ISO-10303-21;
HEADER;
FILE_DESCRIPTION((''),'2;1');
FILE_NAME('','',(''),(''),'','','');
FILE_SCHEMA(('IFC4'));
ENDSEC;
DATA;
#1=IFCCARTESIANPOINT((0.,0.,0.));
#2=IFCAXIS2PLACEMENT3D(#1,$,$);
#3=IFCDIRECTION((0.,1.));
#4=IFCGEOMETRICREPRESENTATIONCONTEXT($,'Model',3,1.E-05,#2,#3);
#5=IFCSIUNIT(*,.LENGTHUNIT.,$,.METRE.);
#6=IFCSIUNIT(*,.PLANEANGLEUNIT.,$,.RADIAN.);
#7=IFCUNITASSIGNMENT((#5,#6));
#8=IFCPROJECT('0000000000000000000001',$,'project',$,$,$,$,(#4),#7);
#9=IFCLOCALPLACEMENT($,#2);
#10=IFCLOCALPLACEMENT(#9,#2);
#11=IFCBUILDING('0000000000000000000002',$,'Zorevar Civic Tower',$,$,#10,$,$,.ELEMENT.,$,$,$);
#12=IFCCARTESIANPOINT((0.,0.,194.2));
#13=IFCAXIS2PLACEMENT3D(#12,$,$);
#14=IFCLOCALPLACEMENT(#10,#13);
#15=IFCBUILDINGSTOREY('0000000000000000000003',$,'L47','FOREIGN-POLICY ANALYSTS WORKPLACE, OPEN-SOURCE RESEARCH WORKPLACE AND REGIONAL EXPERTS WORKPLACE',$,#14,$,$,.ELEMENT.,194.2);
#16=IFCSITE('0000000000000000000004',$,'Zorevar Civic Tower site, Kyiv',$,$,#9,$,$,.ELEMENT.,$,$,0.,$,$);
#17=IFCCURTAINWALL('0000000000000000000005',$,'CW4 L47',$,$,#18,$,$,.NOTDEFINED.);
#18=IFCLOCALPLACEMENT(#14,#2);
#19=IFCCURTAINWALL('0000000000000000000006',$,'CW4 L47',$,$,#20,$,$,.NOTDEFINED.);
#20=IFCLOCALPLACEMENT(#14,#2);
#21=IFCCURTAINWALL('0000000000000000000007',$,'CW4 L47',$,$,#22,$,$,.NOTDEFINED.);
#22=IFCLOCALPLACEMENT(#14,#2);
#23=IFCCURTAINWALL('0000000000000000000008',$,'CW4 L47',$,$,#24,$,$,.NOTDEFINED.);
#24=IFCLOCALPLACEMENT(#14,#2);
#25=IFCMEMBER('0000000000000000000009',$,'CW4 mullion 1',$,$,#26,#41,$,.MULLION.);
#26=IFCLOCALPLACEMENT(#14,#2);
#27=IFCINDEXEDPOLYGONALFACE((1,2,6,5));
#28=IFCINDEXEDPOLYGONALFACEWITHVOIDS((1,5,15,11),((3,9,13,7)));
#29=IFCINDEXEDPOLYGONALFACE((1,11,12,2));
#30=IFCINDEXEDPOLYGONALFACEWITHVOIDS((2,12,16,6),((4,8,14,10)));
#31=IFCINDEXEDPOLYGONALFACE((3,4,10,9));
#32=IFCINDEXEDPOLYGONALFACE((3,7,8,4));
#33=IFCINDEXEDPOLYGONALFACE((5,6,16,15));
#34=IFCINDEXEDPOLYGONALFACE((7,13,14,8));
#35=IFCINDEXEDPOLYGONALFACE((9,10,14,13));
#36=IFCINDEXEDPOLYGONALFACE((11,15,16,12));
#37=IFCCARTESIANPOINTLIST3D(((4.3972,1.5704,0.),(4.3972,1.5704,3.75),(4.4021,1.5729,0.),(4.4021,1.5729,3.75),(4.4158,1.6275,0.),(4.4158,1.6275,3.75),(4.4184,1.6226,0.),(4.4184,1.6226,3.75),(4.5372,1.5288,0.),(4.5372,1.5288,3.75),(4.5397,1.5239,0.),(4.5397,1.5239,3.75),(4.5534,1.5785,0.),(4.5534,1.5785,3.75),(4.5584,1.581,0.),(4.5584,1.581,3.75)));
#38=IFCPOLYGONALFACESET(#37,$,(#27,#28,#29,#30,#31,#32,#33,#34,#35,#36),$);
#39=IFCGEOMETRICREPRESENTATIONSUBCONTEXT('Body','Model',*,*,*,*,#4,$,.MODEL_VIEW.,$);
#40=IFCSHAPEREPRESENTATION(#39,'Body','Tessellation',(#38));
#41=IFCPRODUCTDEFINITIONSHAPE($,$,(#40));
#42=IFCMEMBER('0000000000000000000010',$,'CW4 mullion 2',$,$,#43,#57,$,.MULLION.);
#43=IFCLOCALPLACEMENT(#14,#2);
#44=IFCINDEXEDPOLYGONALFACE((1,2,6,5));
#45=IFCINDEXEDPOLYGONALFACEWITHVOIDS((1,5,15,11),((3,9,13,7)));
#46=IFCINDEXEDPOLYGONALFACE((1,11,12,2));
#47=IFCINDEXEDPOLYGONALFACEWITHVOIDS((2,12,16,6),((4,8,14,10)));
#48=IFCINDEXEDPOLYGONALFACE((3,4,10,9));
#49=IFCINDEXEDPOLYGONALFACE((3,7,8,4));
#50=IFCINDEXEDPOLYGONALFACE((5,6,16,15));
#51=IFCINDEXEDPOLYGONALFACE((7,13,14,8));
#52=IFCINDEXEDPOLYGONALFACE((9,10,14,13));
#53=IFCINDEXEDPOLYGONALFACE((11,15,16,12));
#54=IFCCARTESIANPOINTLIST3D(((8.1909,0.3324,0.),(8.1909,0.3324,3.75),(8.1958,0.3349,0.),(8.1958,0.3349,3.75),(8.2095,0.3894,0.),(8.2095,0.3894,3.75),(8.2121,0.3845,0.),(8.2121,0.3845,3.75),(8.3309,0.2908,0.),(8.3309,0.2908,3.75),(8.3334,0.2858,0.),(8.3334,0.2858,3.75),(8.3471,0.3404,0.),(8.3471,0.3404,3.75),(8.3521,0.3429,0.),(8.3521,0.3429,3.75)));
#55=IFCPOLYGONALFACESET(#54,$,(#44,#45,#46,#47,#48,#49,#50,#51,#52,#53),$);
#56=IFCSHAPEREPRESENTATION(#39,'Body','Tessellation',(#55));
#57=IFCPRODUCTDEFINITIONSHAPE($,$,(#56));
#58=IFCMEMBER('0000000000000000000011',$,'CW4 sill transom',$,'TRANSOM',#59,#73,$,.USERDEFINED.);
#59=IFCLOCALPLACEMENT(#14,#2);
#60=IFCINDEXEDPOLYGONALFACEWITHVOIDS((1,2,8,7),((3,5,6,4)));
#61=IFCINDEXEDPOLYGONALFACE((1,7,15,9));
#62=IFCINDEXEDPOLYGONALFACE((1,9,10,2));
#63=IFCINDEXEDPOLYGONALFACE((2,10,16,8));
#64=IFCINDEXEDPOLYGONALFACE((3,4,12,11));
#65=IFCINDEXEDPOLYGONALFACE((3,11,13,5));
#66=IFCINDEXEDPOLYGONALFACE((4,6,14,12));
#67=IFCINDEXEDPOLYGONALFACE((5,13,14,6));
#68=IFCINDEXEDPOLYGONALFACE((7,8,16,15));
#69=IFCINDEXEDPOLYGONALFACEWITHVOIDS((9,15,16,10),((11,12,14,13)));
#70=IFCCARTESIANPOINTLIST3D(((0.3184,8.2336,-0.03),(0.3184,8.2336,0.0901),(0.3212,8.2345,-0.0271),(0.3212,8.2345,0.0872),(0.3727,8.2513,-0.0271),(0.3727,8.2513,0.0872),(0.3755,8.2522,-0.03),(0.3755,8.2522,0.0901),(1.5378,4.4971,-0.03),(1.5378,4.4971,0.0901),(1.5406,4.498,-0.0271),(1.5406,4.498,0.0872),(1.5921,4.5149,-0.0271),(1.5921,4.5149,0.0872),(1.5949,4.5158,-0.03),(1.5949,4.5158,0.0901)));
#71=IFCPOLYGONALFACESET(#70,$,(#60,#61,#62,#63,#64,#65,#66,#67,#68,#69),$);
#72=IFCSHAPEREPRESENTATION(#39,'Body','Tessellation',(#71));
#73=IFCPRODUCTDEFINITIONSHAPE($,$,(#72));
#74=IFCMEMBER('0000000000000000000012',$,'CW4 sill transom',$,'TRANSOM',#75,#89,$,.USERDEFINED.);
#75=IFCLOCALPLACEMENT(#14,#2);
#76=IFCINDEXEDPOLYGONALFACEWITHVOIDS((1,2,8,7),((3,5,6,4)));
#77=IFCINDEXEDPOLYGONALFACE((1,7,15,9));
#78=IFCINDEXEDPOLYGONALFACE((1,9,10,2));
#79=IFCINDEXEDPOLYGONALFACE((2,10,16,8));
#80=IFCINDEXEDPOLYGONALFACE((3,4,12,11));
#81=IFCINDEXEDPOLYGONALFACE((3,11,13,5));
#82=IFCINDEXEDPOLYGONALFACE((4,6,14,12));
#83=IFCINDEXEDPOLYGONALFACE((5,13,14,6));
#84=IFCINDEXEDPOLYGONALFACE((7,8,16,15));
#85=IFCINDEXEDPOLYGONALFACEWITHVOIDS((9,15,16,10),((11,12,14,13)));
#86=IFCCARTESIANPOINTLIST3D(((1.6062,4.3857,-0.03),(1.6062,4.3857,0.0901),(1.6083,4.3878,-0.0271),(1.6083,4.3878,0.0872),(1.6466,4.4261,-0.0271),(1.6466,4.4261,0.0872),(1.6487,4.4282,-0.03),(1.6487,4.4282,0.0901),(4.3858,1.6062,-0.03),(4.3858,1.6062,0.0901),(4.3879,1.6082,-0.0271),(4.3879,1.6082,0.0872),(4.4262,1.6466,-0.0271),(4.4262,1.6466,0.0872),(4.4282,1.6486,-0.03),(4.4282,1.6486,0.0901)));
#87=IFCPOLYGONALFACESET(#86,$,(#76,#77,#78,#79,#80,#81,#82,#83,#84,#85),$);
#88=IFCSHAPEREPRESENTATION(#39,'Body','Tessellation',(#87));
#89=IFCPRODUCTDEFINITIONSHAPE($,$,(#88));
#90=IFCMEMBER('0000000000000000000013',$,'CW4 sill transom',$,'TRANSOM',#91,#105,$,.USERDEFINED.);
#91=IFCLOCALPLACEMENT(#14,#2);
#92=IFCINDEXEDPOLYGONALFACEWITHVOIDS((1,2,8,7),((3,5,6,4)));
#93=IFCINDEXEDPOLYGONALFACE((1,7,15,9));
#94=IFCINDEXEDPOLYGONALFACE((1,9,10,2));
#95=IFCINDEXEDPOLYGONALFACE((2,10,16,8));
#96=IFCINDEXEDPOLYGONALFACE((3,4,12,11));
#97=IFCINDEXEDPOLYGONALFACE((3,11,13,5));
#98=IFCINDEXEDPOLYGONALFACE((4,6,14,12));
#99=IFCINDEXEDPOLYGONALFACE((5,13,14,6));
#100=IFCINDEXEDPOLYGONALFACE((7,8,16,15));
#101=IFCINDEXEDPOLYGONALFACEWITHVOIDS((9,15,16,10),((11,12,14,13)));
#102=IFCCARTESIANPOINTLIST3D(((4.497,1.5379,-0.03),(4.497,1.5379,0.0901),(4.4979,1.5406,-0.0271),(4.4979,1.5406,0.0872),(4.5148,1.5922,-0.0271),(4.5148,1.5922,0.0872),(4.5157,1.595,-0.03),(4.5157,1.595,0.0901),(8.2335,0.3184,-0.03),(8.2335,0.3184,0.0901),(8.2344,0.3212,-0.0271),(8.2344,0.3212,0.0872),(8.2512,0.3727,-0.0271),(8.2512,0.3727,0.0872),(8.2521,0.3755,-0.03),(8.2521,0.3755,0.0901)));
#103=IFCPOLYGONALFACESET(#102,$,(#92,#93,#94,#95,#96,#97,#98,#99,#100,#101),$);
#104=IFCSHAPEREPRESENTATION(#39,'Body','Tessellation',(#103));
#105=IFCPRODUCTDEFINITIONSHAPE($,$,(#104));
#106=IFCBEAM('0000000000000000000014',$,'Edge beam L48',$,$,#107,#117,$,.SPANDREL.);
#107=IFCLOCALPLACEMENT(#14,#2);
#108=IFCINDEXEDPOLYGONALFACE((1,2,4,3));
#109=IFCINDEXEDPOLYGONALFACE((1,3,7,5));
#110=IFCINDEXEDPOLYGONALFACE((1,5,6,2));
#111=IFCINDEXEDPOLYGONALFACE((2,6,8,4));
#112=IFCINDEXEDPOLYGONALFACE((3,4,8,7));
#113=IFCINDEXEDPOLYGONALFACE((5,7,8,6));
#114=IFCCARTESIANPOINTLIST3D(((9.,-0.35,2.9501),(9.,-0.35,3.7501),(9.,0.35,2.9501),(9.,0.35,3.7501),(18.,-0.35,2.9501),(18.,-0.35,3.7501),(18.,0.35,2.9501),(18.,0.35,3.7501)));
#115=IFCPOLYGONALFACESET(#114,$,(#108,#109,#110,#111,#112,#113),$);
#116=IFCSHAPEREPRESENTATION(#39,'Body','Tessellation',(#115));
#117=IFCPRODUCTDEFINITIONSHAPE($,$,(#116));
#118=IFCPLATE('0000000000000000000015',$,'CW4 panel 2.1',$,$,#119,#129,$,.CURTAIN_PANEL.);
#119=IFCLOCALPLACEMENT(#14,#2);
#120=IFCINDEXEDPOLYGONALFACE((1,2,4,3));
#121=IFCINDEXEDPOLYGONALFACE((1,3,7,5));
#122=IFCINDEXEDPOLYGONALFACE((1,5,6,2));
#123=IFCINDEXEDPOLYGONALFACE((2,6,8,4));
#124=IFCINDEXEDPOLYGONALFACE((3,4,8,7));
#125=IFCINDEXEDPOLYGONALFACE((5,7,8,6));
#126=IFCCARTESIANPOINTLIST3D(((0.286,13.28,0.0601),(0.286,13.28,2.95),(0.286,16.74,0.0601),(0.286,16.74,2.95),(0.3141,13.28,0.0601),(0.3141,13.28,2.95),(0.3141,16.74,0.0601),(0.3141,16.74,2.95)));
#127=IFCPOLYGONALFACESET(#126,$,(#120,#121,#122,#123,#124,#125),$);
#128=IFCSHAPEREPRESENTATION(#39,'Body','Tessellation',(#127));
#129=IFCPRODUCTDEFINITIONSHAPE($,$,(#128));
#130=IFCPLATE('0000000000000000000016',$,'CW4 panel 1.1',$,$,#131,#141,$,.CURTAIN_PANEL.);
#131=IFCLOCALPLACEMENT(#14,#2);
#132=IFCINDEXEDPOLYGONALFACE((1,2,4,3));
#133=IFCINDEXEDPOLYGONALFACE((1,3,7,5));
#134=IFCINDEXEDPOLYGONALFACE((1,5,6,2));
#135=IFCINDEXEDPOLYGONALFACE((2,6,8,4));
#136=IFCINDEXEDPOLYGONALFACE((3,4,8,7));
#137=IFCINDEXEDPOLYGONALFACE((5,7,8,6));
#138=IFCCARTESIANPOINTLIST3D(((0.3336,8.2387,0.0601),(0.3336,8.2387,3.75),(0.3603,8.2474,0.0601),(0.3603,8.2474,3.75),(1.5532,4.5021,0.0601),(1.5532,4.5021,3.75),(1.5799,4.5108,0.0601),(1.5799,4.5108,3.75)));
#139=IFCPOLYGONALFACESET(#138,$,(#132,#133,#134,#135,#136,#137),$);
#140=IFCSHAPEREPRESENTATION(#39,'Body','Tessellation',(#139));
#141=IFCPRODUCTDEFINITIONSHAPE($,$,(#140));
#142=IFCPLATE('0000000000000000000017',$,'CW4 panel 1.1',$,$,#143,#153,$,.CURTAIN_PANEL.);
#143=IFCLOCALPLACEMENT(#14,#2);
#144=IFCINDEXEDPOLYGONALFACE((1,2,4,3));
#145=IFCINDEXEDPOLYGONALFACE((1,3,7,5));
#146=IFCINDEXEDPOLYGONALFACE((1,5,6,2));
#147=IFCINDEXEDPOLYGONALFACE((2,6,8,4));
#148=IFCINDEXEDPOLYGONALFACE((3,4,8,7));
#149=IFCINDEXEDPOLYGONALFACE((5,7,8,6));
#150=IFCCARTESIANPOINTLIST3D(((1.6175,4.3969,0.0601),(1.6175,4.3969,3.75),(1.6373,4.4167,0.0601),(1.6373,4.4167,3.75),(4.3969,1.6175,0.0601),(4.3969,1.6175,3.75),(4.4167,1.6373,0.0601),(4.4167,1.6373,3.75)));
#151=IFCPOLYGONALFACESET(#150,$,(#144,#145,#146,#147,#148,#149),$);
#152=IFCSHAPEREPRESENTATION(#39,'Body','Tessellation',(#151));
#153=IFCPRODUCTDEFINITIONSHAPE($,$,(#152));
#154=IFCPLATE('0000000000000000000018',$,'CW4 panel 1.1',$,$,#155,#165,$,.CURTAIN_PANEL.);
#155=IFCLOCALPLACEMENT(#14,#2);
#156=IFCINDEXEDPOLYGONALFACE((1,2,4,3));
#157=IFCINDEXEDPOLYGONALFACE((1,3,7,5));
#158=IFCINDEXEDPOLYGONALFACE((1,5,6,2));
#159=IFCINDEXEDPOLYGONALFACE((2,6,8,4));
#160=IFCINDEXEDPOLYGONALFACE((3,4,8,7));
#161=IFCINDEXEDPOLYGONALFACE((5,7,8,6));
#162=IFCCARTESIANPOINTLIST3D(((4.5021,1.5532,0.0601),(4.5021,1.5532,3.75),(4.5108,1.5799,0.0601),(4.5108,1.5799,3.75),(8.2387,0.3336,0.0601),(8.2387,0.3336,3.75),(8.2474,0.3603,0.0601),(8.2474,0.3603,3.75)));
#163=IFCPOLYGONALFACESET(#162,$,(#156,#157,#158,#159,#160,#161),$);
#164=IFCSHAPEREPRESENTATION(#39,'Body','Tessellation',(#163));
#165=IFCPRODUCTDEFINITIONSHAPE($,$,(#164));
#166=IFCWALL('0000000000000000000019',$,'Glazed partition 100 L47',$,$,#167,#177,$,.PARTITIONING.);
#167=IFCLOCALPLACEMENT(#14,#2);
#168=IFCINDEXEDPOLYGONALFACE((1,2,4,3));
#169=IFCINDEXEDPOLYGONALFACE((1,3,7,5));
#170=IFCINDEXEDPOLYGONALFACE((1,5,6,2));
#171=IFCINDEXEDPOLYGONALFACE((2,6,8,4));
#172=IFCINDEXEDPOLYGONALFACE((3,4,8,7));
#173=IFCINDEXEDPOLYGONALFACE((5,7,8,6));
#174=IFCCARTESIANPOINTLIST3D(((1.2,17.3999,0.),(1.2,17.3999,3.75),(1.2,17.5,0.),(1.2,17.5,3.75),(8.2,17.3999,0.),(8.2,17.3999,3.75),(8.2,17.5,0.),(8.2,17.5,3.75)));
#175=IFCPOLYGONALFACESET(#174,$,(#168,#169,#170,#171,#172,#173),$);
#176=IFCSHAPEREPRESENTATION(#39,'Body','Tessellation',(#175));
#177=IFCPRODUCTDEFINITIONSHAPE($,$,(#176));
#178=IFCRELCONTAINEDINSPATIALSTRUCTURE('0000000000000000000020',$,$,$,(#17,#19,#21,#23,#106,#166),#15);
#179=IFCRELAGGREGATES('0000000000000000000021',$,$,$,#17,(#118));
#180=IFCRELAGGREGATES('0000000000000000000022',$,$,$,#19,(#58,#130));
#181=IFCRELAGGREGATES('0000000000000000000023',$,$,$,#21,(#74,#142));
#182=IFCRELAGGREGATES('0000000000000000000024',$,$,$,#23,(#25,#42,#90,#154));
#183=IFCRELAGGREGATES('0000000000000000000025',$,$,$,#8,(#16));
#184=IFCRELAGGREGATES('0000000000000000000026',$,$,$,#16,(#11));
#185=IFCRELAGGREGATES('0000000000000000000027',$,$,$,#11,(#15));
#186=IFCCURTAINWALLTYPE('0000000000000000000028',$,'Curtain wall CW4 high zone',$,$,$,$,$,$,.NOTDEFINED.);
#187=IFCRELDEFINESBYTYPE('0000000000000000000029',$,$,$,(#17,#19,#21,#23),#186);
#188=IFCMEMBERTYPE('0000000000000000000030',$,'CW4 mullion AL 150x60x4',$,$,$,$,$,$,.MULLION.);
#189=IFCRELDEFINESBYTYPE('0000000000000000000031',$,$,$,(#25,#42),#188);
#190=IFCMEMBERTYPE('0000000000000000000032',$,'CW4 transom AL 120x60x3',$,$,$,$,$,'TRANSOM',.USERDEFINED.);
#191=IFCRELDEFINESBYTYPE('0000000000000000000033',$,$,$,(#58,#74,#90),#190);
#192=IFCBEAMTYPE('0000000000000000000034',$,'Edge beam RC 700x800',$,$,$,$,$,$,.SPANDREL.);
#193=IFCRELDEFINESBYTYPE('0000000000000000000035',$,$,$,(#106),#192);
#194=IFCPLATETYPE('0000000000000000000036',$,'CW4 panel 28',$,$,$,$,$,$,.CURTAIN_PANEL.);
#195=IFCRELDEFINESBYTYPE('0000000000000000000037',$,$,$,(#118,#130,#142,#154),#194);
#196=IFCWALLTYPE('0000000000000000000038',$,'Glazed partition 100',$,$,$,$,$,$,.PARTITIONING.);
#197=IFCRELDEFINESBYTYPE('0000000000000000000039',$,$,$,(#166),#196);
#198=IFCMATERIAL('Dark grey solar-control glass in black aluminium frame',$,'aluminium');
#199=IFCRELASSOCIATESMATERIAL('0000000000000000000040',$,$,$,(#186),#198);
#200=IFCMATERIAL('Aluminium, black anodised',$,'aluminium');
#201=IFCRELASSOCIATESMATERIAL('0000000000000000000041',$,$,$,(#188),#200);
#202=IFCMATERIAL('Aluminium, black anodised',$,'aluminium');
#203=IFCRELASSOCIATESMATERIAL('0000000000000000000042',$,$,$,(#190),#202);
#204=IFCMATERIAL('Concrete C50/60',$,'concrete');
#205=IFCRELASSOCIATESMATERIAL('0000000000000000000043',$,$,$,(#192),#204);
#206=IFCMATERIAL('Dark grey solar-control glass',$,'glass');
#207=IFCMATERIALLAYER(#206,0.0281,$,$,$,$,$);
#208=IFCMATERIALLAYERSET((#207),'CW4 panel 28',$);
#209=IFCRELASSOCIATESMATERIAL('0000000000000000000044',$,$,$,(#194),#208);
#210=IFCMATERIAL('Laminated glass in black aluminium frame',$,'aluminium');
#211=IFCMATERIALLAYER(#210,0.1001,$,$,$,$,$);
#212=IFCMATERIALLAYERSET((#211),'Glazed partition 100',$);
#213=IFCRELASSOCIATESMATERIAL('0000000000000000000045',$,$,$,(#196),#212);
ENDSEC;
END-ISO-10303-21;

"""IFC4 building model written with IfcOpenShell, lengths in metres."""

from ifc_helpers import new_model, si_unit, direction, frame, frame_2d, origin, origin_2d, place, context, subcontext, project, spatial, rectangle, hollow_rectangle, extrude, material, layer, layer_set, material_profile, profile_set, type_object, element, aggregate, save


model = new_model("IFC4")

# Units and contexts
model_context = context("Model", 3, precision=1e-05, world=origin(), true_north=direction((0.0, 1.0)))
body_context = subcontext(model_context, "Body", "Model", "MODEL_VIEW")
ifc_project = project(units=[si_unit("LENGTHUNIT", "METRE"), si_unit("PLANEANGLEUNIT", "RADIAN")], contexts=[model_context])

# Site, building, storey
site_placement = place(None, origin())
site = spatial("IfcSite", under=ifc_project, at=site_placement, Name="Zorevar Civic Tower site, Kyiv", CompositionType="ELEMENT", RefElevation=0.0)
building_placement = place(site_placement, origin())
building = spatial("IfcBuilding", under=site, at=building_placement, Name="Zorevar Civic Tower", CompositionType="ELEMENT")
storey_placement = place(building_placement, frame((0.0, 0.0, 194.2)))
storey = spatial("IfcBuildingStorey", under=building, at=storey_placement, Name="L47", Description="FOREIGN-POLICY ANALYSTS WORKPLACE, OPEN-SOURCE RESEARCH WORKPLACE AND REGIONAL EXPERTS WORKPLACE", CompositionType="ELEMENT", Elevation=194.2)

# Curtain wall
ifc_material_1 = material(Name="Dark grey solar-control glass in black aluminium frame", Category="aluminium")
curtain_wall_type = type_object("IfcCurtainWallType", Name="Curtain wall CW4 high zone", PredefinedType="NOTDEFINED", material=ifc_material_1)
curtain_wall_1_placement = place(storey_placement, origin())
curtain_wall_1 = element("IfcCurtainWall", 1, at=curtain_wall_1_placement, inside=storey, type_object=curtain_wall_type, Name="CW4 L47", PredefinedType="NOTDEFINED")
ifc_material_2 = material(Name="Aluminium, black anodised", Category="aluminium")
ifc_material_profile_1 = material_profile(ifc_material_2, hollow_rectangle(XDim=0.0601, YDim=0.1499, WallThickness=0.0039, at=origin_2d()), Name="AL 150x60x4")
ifc_profile_set_1 = profile_set([ifc_material_profile_1], Name="Aluminium, black anodised")
member_type_1 = type_object("IfcMemberType", Name="CW4 mullion AL 150x60x4", PredefinedType="MULLION", material=ifc_profile_set_1)

# Curtain walls, members
curtain_wall_2_placement = place(storey_placement, origin())
curtain_wall_2 = element("IfcCurtainWall", 2, at=curtain_wall_2_placement, inside=storey, type_object=curtain_wall_type, Name="CW4 L47", PredefinedType="NOTDEFINED")
curtain_wall_3_placement = place(storey_placement, origin())
curtain_wall_3 = element("IfcCurtainWall", 3, at=curtain_wall_3_placement, inside=storey, type_object=curtain_wall_type, Name="CW4 L47", PredefinedType="NOTDEFINED")
curtain_wall_4_placement = place(storey_placement, origin())
curtain_wall_4 = element("IfcCurtainWall", 4, at=curtain_wall_4_placement, inside=storey, type_object=curtain_wall_type, Name="CW4 L47", PredefinedType="NOTDEFINED")
member_1_placement = place(storey_placement, frame((4.4778, 1.5757, 0.0), z_axis=(0.0, 0.0, 1.0), x_axis=(0.310281, 0.950645, 0.0)))
member_1 = element("IfcMember", 5, at=member_1_placement, type_object=member_type_1, Name="CW4 mullion 1", PredefinedType="MULLION", context=body_context, shape_type="SweptSolid", body=[
    extrude(hollow_rectangle(XDim=0.0601, YDim=0.1499, WallThickness=0.0039, at=origin_2d()), origin(), (0.0, 0.0, 1.0), 3.75),
])
member_2_placement = place(storey_placement, frame((8.2715, 0.3376, 0.0), z_axis=(0.0, 0.0, 1.0), x_axis=(0.310281, 0.950645, 0.0)))
member_2 = element("IfcMember", 6, at=member_2_placement, type_object=member_type_1, Name="CW4 mullion 2", PredefinedType="MULLION", context=body_context, shape_type="SweptSolid", body=[
    extrude(hollow_rectangle(XDim=0.0601, YDim=0.1499, WallThickness=0.0039, at=origin_2d()), origin(), (0.0, 0.0, 1.0), 3.75),
])

# Members
ifc_material_3 = material(Name="Aluminium, black anodised", Category="aluminium")
ifc_material_profile_2 = material_profile(ifc_material_3, hollow_rectangle(XDim=0.0601, YDim=0.1201, WallThickness=0.0029, at=origin_2d()), Name="AL 120x60x3")
ifc_profile_set_2 = profile_set([ifc_material_profile_2], Name="Aluminium, black anodised")
member_type_2 = type_object("IfcMemberType", Name="CW4 transom AL 120x60x3", ElementType="TRANSOM", PredefinedType="USERDEFINED", material=ifc_profile_set_2)
member_3_placement = place(storey_placement, frame((0.3469, 8.2429, 0.03), z_axis=(0.310259, -0.950652, 0.0), x_axis=(0.950652, 0.310259, 0.0)))
member_3 = element("IfcMember", 7, at=member_3_placement, type_object=member_type_2, Name="CW4 sill transom", ObjectType="TRANSOM", PredefinedType="USERDEFINED", context=body_context, shape_type="SweptSolid", body=[
    extrude(hollow_rectangle(XDim=0.0601, YDim=0.1201, WallThickness=0.0029, at=origin_2d()), origin(), (0.0, 0.0, 1.0), 3.9304),
])
member_4_placement = place(storey_placement, frame((1.6274, 4.407, 0.03), z_axis=(0.707107, -0.707107, 0.0), x_axis=(0.707107, 0.707107, 0.0)))
member_4 = element("IfcMember", 8, at=member_4_placement, type_object=member_type_2, Name="CW4 sill transom", ObjectType="TRANSOM", PredefinedType="USERDEFINED", context=body_context, shape_type="SweptSolid", body=[
    extrude(hollow_rectangle(XDim=0.0601, YDim=0.1201, WallThickness=0.0029, at=origin_2d()), origin(), (0.0, 0.0, 1.0), 3.9309),
])
member_5_placement = place(storey_placement, frame((4.5063, 1.5664, 0.03), z_axis=(0.950652, -0.310259, 0.0), x_axis=(0.310259, 0.950652, 0.0)))
member_5 = element("IfcMember", 9, at=member_5_placement, type_object=member_type_2, Name="CW4 sill transom", ObjectType="TRANSOM", PredefinedType="USERDEFINED", context=body_context, shape_type="SweptSolid", body=[
    extrude(hollow_rectangle(XDim=0.0601, YDim=0.1201, WallThickness=0.0029, at=origin_2d()), origin(), (0.0, 0.0, 1.0), 3.9304),
])

# Beam
ifc_material_4 = material(Name="Concrete C50/60", Category="concrete")
ifc_material_profile_3 = material_profile(ifc_material_4, rectangle(XDim=0.7, YDim=0.8, at=origin_2d()), Name="RC 700x800")
ifc_profile_set_3 = profile_set([ifc_material_profile_3], Name="Concrete C50/60")
beam_type_1 = type_object("IfcBeamType", Name="Edge beam RC 700x800", PredefinedType="SPANDREL", material=ifc_profile_set_3)
beam_1_placement = place(storey_placement, frame((9.0, 0.0, 3.3501), z_axis=(1.0, 0.0, 0.0), x_axis=(0.0, 1.0, 0.0)))
element("IfcBeam", 10, at=beam_1_placement, inside=storey, type_object=beam_type_1, Name="Edge beam L48", PredefinedType="SPANDREL", context=body_context, shape_type="SweptSolid", body=[
    extrude(rectangle(XDim=0.7, YDim=0.8, at=origin_2d()), origin(), (0.0, 0.0, 1.0), 9.0),
])

# Plates
ifc_material_5 = material(Name="Dark grey solar-control glass", Category="glass")
ifc_layer_1 = layer(ifc_material_5, 0.0281)
ifc_layer_set_1 = layer_set([ifc_layer_1], Name="CW4 panel 28")
plate_type = type_object("IfcPlateType", Name="CW4 panel 28", PredefinedType="CURTAIN_PANEL", material=ifc_layer_set_1)
plate_1_placement = place(storey_placement, frame((0.3, 15.01, 0.0601), z_axis=(0.0, 0.0, 1.0), x_axis=(0.0, 1.0, 0.0)))
plate_1 = element("IfcPlate", 11, at=plate_1_placement, type_object=plate_type, Name="CW4 panel 2.1", PredefinedType="CURTAIN_PANEL", context=body_context, shape_type="SweptSolid", body=[
    extrude(rectangle(XDim=3.46, YDim=0.0281, at=origin_2d()), origin(), (0.0, 0.0, 1.0), 2.8899),
])
aggregate(curtain_wall_1, [plate_1])
plate_2_placement = place(storey_placement, frame((0.9568, 6.3748, 0.0601), z_axis=(0.0, 0.0, 1.0), x_axis=(0.310281, -0.950645, 0.0)))
plate_2 = element("IfcPlate", 12, at=plate_2_placement, type_object=plate_type, Name="CW4 panel 1.1", PredefinedType="CURTAIN_PANEL", context=body_context, shape_type="SweptSolid", body=[
    extrude(rectangle(XDim=3.9307, YDim=0.0281, at=origin_2d()), origin(), (0.0, 0.0, 1.0), 3.6899),
])
aggregate(curtain_wall_2, [member_3, plate_2])
plate_3_placement = place(storey_placement, frame((3.0171, 3.0171, 0.0601), z_axis=(0.0, 0.0, 1.0), x_axis=(0.707107, -0.707107, 0.0)))
plate_3 = element("IfcPlate", 13, at=plate_3_placement, type_object=plate_type, Name="CW4 panel 1.1", PredefinedType="CURTAIN_PANEL", context=body_context, shape_type="SweptSolid", body=[
    extrude(rectangle(XDim=3.9307, YDim=0.0281, at=origin_2d()), origin(), (0.0, 0.0, 1.0), 3.6899),
])
aggregate(curtain_wall_3, [member_4, plate_3])
plate_4_placement = place(storey_placement, frame((6.3748, 0.9568, 0.0601), z_axis=(0.0, 0.0, 1.0), x_axis=(0.950645, -0.310281, 0.0)))
plate_4 = element("IfcPlate", 14, at=plate_4_placement, type_object=plate_type, Name="CW4 panel 1.1", PredefinedType="CURTAIN_PANEL", context=body_context, shape_type="SweptSolid", body=[
    extrude(rectangle(XDim=3.9307, YDim=0.0281, at=origin_2d()), origin(), (0.0, 0.0, 1.0), 3.6899),
])
aggregate(curtain_wall_4, [member_1, member_2, member_5, plate_4])

# Wall
ifc_material_6 = material(Name="Laminated glass in black aluminium frame", Category="aluminium")
ifc_layer_2 = layer(ifc_material_6, 0.1001)
ifc_layer_set_2 = layer_set([ifc_layer_2], Name="Glazed partition 100")
wall_type = type_object("IfcWallType", Name="Glazed partition 100", PredefinedType="PARTITIONING", material=ifc_layer_set_2)
wall_placement = place(storey_placement, frame((1.2, 17.45, 0.0), z_axis=(0.0, 0.0, 1.0), x_axis=(1.0, 0.0, 0.0)))
element("IfcWall", 15, at=wall_placement, inside=storey, type_object=wall_type, Name="Glazed partition 100 L47", PredefinedType="PARTITIONING", context=body_context, shape_type="SweptSolid", body=[
    extrude(rectangle(XDim=7.0, YDim=0.1001, at=frame_2d((3.5, 0.0))), origin(), (0.0, 0.0, 1.0), 3.75),
])

save(model, "model.ifc")
